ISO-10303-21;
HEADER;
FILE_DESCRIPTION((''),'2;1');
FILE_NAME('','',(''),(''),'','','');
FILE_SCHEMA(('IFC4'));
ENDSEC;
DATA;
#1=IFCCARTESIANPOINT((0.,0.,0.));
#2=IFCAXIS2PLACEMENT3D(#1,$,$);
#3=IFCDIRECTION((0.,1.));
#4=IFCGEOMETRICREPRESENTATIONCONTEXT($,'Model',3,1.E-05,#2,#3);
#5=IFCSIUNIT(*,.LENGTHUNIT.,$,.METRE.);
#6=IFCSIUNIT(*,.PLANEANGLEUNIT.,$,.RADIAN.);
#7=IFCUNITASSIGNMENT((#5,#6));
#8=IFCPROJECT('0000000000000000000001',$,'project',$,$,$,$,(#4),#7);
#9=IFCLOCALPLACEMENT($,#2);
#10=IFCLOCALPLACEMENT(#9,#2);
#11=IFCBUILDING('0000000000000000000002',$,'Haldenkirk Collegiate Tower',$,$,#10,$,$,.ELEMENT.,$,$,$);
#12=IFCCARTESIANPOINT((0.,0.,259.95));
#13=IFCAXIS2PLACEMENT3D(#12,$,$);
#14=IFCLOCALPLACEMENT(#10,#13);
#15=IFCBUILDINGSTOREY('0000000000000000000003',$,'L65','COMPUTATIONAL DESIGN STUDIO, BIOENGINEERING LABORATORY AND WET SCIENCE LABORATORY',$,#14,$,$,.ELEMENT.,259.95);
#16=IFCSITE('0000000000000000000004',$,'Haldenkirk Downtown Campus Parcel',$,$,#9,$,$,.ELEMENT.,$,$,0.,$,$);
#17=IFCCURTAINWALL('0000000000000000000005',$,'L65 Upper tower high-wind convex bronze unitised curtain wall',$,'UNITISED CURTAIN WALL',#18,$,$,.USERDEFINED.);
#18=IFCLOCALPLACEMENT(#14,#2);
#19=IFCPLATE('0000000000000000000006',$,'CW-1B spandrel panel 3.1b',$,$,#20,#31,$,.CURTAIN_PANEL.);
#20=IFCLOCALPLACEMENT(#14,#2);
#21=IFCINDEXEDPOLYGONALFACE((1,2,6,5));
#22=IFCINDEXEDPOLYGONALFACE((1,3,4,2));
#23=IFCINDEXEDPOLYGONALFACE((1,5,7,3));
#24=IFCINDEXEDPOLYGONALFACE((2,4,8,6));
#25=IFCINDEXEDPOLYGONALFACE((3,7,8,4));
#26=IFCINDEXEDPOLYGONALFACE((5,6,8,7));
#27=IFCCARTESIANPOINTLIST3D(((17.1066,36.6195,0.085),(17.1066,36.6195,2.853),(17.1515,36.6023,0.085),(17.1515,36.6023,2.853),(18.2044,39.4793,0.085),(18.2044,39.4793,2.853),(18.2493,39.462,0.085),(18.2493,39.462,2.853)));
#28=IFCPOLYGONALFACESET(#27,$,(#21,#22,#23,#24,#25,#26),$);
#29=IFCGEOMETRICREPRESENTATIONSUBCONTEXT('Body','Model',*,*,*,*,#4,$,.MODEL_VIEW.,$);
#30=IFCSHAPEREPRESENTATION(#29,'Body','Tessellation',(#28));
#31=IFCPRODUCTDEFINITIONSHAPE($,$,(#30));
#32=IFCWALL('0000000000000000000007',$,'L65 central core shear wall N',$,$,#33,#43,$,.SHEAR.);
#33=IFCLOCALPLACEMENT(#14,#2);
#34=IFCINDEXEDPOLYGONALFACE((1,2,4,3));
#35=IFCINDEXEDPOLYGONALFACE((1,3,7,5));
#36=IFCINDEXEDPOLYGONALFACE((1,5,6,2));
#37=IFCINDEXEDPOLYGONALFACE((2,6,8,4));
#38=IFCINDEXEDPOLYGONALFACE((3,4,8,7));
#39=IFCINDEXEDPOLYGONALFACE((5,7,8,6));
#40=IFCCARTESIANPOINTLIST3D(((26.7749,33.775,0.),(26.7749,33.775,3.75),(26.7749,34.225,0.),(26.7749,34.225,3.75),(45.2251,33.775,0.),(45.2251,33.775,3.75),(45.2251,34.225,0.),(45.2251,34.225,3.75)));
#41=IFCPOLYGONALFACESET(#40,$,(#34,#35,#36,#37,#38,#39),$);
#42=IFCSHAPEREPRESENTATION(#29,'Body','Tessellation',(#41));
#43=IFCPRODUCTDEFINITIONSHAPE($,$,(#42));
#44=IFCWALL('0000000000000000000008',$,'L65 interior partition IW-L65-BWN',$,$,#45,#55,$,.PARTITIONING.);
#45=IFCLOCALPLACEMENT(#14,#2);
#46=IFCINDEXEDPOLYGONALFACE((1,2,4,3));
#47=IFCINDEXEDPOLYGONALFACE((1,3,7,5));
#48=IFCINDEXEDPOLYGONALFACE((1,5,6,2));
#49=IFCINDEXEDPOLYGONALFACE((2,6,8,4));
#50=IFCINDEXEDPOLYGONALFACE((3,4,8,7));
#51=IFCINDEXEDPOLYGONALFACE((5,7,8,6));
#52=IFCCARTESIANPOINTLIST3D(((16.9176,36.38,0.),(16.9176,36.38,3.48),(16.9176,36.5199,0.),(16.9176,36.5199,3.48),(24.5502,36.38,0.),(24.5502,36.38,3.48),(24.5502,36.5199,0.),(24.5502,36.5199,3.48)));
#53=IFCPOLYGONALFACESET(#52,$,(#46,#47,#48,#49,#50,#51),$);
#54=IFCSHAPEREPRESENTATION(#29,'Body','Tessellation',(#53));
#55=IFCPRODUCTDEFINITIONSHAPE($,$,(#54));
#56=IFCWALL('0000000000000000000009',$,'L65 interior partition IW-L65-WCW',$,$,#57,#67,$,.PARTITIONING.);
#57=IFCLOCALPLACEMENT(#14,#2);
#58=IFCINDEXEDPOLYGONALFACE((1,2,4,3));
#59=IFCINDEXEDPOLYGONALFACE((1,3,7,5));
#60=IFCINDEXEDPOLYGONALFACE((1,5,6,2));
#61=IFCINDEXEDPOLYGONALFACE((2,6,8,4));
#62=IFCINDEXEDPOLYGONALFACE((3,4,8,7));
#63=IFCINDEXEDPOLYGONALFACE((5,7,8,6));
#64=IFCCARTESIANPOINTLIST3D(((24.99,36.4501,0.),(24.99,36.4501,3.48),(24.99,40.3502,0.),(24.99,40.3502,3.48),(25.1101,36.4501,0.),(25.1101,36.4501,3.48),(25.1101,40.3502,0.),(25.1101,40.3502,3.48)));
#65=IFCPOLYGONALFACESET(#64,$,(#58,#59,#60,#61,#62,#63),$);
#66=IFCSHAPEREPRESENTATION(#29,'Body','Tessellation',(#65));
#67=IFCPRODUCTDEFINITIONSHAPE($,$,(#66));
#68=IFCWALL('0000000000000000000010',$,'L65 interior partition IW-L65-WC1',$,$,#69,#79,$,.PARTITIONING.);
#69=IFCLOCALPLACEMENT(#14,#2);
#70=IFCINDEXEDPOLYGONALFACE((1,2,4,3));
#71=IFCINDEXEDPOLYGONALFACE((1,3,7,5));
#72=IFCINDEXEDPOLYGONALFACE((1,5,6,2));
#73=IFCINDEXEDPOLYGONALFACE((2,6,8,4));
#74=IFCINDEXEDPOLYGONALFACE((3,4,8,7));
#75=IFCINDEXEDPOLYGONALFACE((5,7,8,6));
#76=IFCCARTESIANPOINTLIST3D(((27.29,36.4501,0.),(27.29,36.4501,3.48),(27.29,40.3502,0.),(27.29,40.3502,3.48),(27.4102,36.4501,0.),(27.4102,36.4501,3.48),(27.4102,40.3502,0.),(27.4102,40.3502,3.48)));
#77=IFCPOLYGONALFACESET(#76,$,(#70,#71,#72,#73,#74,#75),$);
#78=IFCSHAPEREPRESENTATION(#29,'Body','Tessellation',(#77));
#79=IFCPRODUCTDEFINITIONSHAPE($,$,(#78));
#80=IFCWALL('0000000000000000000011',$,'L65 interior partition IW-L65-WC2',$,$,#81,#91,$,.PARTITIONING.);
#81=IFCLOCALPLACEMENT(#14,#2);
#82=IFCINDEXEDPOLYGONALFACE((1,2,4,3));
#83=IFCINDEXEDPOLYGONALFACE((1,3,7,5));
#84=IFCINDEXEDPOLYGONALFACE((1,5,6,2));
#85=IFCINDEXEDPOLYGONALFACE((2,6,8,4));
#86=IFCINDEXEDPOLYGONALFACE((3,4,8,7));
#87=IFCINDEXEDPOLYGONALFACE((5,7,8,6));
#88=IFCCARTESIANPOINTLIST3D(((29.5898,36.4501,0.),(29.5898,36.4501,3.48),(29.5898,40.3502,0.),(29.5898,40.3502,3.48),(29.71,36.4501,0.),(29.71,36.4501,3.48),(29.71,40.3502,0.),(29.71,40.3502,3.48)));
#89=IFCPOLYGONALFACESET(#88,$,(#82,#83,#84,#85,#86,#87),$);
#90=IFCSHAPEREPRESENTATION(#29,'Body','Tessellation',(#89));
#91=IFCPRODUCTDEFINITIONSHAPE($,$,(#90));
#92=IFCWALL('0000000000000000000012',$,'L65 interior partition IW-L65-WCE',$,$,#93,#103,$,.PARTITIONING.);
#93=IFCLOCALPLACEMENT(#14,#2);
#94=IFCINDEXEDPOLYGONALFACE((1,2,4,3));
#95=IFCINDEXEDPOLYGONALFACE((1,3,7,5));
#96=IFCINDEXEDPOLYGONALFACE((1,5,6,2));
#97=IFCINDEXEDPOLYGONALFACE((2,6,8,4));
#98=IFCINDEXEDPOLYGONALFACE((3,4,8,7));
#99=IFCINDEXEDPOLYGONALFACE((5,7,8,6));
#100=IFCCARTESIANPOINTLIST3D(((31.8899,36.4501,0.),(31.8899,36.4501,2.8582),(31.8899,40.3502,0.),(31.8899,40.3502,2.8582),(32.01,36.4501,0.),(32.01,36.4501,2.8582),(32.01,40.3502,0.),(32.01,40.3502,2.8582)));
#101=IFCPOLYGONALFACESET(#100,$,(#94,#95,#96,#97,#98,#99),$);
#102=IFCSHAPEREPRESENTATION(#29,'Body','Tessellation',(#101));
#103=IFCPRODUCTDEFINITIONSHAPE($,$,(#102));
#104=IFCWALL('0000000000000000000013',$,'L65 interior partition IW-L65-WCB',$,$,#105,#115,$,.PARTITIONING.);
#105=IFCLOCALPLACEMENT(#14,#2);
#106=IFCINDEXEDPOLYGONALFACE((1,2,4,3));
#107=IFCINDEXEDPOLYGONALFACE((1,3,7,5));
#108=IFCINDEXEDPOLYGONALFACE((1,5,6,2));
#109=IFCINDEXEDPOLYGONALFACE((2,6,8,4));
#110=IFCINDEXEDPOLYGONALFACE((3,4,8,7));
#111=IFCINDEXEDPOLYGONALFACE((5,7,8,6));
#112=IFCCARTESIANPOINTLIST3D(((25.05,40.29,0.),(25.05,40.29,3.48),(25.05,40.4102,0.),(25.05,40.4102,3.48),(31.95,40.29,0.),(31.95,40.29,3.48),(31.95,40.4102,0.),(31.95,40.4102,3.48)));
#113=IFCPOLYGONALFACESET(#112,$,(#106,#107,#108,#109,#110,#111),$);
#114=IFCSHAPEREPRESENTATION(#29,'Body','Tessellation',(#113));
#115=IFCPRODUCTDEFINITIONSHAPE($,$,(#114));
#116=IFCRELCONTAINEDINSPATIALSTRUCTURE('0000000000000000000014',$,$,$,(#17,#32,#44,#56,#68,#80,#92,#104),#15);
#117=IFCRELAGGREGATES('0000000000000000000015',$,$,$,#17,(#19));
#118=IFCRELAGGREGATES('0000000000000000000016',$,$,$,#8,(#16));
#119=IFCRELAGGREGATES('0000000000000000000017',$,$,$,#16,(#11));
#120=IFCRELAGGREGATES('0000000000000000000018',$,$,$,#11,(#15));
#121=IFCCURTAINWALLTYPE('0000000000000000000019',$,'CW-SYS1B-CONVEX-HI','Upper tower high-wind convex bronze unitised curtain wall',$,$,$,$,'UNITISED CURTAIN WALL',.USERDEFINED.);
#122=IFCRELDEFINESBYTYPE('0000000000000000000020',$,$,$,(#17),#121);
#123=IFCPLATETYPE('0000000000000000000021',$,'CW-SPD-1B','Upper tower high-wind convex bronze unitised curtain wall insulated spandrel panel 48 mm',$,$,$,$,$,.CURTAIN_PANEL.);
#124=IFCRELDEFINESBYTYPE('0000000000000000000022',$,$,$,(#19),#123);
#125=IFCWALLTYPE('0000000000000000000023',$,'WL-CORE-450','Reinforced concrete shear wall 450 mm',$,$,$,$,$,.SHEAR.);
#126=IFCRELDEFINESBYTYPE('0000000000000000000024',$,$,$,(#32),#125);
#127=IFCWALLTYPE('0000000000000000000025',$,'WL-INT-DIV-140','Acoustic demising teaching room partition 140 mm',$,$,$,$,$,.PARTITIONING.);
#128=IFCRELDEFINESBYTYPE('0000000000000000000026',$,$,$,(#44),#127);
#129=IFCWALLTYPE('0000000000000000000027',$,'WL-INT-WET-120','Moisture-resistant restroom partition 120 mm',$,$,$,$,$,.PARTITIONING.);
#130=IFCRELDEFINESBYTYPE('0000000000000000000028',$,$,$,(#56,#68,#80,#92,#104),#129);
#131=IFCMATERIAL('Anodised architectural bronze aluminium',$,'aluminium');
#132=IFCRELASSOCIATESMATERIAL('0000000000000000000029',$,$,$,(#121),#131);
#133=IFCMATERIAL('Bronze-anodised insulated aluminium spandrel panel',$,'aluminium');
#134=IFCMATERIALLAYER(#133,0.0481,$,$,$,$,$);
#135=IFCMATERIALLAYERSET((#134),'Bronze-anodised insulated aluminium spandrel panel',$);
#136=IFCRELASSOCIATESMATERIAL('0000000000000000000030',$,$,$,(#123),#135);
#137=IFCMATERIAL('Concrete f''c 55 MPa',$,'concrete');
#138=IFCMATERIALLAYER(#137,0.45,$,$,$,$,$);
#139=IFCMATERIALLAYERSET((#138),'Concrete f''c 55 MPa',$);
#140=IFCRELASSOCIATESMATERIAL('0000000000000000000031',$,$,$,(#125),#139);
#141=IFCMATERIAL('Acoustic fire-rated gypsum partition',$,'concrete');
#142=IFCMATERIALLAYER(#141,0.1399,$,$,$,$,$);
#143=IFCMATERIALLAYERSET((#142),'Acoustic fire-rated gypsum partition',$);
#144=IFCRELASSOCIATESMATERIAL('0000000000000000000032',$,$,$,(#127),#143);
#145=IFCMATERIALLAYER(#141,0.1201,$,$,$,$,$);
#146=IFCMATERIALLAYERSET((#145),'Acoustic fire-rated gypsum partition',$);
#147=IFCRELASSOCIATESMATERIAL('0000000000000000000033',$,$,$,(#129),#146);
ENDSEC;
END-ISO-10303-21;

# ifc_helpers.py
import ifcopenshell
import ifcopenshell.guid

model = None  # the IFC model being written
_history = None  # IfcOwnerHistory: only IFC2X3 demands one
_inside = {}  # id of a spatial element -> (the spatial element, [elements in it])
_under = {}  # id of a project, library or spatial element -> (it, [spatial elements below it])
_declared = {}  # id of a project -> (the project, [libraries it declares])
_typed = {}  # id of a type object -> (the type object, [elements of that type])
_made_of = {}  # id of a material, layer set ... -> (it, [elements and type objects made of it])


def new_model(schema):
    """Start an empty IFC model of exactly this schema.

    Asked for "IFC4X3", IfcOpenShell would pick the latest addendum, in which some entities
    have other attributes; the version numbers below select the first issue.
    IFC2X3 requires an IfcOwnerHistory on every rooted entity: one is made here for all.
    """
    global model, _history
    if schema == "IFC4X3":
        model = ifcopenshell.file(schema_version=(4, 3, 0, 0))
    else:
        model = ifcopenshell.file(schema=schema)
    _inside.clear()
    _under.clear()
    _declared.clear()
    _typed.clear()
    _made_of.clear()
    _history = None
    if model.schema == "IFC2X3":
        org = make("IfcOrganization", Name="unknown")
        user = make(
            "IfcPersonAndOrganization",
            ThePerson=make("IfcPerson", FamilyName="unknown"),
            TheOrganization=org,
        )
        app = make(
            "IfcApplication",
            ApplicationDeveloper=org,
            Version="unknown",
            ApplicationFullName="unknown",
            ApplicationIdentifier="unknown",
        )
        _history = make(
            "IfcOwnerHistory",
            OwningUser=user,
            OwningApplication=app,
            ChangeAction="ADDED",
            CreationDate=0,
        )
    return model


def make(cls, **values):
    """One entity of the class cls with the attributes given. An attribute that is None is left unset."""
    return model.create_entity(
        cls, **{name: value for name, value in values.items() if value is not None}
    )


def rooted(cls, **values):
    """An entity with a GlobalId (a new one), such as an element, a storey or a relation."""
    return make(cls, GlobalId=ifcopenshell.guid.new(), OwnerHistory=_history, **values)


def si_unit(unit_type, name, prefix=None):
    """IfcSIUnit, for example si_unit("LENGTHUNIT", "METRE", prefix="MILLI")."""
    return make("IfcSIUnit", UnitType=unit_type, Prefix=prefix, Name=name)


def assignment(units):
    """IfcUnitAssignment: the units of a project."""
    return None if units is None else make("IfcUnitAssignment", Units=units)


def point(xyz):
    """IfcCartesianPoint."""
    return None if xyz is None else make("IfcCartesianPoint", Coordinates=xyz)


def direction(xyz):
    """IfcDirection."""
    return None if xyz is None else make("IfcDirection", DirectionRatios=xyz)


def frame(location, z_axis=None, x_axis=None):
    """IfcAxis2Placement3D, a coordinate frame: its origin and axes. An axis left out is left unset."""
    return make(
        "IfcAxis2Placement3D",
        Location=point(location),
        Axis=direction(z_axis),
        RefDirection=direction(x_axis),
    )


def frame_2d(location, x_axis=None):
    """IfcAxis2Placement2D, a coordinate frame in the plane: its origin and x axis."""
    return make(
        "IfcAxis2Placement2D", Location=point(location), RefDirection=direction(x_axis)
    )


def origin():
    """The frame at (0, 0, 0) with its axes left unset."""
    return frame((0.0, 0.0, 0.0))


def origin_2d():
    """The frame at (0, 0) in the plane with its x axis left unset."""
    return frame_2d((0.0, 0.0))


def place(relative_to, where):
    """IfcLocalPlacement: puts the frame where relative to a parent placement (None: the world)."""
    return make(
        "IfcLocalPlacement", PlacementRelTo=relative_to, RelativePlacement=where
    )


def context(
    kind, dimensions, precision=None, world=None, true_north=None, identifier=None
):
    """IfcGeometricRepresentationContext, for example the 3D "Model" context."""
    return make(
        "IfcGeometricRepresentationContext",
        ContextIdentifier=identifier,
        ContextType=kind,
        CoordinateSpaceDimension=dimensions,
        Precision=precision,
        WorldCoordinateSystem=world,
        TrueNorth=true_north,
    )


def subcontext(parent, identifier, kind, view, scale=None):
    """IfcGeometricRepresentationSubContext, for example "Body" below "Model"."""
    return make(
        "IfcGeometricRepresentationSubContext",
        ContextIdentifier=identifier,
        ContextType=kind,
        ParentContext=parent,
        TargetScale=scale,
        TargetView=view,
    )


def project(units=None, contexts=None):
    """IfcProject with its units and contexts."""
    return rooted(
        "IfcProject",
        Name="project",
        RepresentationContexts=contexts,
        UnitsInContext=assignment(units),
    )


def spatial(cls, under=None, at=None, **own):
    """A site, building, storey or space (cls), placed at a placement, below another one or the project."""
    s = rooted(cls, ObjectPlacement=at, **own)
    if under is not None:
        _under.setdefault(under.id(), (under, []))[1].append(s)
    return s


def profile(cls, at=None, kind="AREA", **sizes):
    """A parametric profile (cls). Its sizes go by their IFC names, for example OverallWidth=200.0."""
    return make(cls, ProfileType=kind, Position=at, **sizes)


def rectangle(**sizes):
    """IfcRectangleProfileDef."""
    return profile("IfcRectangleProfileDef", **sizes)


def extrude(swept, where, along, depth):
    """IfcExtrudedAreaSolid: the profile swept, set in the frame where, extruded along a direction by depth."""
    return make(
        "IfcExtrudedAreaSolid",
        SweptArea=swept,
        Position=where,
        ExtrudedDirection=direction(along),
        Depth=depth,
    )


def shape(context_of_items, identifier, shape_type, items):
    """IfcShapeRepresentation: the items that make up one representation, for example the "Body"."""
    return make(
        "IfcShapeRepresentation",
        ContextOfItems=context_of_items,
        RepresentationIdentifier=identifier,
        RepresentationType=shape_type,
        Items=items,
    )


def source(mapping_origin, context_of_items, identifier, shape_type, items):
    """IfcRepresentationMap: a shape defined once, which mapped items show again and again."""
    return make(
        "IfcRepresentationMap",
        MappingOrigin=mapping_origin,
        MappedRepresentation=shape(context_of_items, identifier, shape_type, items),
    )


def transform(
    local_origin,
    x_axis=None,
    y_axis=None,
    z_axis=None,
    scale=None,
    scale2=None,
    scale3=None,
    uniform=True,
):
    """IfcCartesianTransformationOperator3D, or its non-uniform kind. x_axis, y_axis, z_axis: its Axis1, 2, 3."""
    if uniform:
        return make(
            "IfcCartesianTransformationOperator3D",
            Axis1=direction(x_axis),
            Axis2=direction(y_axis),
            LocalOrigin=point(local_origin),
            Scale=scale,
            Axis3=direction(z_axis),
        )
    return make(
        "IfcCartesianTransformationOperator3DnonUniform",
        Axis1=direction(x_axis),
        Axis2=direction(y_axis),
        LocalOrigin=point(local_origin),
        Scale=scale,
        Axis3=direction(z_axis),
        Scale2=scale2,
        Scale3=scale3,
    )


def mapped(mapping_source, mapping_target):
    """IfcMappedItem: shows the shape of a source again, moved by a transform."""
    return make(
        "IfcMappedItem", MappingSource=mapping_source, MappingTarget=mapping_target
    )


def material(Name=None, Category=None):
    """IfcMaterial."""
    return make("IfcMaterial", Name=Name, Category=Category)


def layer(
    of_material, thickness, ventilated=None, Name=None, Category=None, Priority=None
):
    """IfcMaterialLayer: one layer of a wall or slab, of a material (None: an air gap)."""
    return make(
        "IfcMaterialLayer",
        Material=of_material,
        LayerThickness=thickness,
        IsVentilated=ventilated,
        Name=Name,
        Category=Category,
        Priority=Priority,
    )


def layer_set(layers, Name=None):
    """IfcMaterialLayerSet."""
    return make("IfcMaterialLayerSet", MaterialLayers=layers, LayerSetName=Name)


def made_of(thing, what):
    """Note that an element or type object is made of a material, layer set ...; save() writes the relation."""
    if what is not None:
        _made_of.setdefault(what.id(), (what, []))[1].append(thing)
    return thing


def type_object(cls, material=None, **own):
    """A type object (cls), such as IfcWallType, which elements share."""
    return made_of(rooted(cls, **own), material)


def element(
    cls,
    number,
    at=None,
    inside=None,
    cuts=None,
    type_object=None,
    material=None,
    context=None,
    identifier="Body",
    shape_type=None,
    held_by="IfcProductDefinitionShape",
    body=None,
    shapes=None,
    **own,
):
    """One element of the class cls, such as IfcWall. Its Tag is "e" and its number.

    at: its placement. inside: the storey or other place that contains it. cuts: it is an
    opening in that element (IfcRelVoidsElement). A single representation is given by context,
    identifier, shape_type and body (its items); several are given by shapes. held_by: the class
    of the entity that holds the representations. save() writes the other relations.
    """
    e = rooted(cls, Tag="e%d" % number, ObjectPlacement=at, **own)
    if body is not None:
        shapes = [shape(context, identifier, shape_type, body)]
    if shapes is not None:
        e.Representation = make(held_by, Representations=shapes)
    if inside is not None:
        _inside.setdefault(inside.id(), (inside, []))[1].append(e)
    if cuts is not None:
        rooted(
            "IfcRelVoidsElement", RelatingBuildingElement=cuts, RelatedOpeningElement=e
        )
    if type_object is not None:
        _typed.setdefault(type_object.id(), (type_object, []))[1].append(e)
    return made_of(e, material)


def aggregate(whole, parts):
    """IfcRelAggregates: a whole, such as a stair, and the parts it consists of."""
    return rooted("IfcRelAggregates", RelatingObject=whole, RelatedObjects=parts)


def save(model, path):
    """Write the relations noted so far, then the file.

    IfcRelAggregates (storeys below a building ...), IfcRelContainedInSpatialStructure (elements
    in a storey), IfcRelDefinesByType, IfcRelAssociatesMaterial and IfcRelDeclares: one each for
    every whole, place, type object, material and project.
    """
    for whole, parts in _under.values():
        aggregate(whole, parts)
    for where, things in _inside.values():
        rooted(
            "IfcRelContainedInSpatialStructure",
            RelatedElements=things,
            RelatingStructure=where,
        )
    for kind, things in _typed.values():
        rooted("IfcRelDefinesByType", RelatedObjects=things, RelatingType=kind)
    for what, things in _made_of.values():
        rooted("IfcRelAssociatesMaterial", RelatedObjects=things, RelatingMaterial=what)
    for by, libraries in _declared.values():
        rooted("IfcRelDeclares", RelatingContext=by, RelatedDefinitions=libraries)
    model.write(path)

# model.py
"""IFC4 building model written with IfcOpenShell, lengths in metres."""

from ifc_helpers import new_model, si_unit, direction, frame, frame_2d, origin, origin_2d, place, context, subcontext, project, spatial, rectangle, extrude, source, transform, mapped, material, layer, layer_set, type_object, element, aggregate, save


model = new_model("IFC4")

# Units and contexts
model_context = context("Model", 3, precision=1e-05, world=origin(), true_north=direction((0.0, 1.0)))
body_context = subcontext(model_context, "Body", "Model", "MODEL_VIEW")
ifc_project = project(units=[si_unit("LENGTHUNIT", "METRE"), si_unit("PLANEANGLEUNIT", "RADIAN")], contexts=[model_context])

# Site, building, storey
site_placement = place(None, origin())
site = spatial("IfcSite", under=ifc_project, at=site_placement, Name="Haldenkirk Downtown Campus Parcel", CompositionType="ELEMENT", RefElevation=0.0)
building_placement = place(site_placement, origin())
building = spatial("IfcBuilding", under=site, at=building_placement, Name="Haldenkirk Collegiate Tower", CompositionType="ELEMENT")
storey_placement = place(building_placement, frame((0.0, 0.0, 259.95)))
storey = spatial("IfcBuildingStorey", under=building, at=storey_placement, Name="L65", Description="COMPUTATIONAL DESIGN STUDIO, BIOENGINEERING LABORATORY AND WET SCIENCE LABORATORY", CompositionType="ELEMENT", Elevation=259.95)

# Curtain wall, plate
ifc_material_1 = material(Name="Anodised architectural bronze aluminium", Category="aluminium")
curtain_wall_type = type_object("IfcCurtainWallType", Name="CW-SYS1B-CONVEX-HI", Description="Upper tower high-wind convex bronze unitised curtain wall", ElementType="UNITISED CURTAIN WALL", PredefinedType="USERDEFINED", material=ifc_material_1)
curtain_wall_placement = place(storey_placement, origin())
curtain_wall = element("IfcCurtainWall", 1, at=curtain_wall_placement, inside=storey, type_object=curtain_wall_type, Name="L65 Upper tower high-wind convex bronze unitised curtain wall", ObjectType="UNITISED CURTAIN WALL", PredefinedType="USERDEFINED")
ifc_material_2 = material(Name="Bronze-anodised insulated aluminium spandrel panel", Category="aluminium")
ifc_layer_1 = layer(ifc_material_2, 0.0481)
ifc_layer_set_1 = layer_set([ifc_layer_1], Name="Bronze-anodised insulated aluminium spandrel panel")
plate_type_1 = type_object("IfcPlateType", Name="CW-SPD-1B", Description="Upper tower high-wind convex bronze unitised curtain wall insulated spandrel panel 48 mm", PredefinedType="CURTAIN_PANEL", material=ifc_layer_set_1)
shared_shape_1 = source(origin(), body_context, "Body", "SweptSolid", [
    extrude(rectangle(XDim=3.0632, YDim=0.0481, at=origin_2d()), origin(), (0.0, 0.0, 1.0), 2.7681),
])
plate_1_placement = place(storey_placement, frame((17.678, 38.0408, 0.085), z_axis=(0.0, 0.0, 1.0), x_axis=(0.358369, 0.93358, 0.0)))
plate_1 = element("IfcPlate", 2, at=plate_1_placement, type_object=plate_type_1, Name="CW-1B spandrel panel 3.1b", PredefinedType="CURTAIN_PANEL", context=body_context, shape_type="MappedRepresentation", body=[
    mapped(shared_shape_1, transform((0.0, 0.0, 0.0), x_axis=(1.0, 0.0, 0.0), y_axis=(0.0, 1.0, 0.0), z_axis=(0.0, 0.0, 1.0), scale=1.0)),
])
aggregate(curtain_wall, [plate_1])

# Wall
ifc_material_3 = material(Name="Concrete f'c 55 MPa", Category="concrete")
ifc_layer_2 = layer(ifc_material_3, 0.45)
ifc_layer_set_2 = layer_set([ifc_layer_2], Name="Concrete f'c 55 MPa")
wall_type_1 = type_object("IfcWallType", Name="WL-CORE-450", Description="Reinforced concrete shear wall 450 mm", PredefinedType="SHEAR", material=ifc_layer_set_2)
wall_1_placement = place(storey_placement, frame((26.7749, 34.0, 0.0), z_axis=(0.0, 0.0, 1.0), x_axis=(1.0, 0.0, 0.0)))
element("IfcWall", 3, at=wall_1_placement, inside=storey, type_object=wall_type_1, Name="L65 central core shear wall N", PredefinedType="SHEAR", context=body_context, shape_type="SweptSolid", body=[
    extrude(rectangle(XDim=18.4502, YDim=0.45, at=frame_2d((9.2251, 0.0))), origin(), (0.0, 0.0, 1.0), 3.75),
])

# Shared definitions
ifc_material_4 = material(Name="Acoustic fire-rated gypsum partition", Category="concrete")

# Walls
ifc_layer_3 = layer(ifc_material_4, 0.1399)
ifc_layer_set_3 = layer_set([ifc_layer_3], Name="Acoustic fire-rated gypsum partition")
wall_type_2 = type_object("IfcWallType", Name="WL-INT-DIV-140", Description="Acoustic demising teaching room partition 140 mm", PredefinedType="PARTITIONING", material=ifc_layer_set_3)
wall_2_placement = place(storey_placement, frame((16.9175, 36.45, 0.0), z_axis=(0.0, 0.0, 1.0), x_axis=(1.0, 0.0, 0.0)))
element("IfcWall", 4, at=wall_2_placement, inside=storey, type_object=wall_type_2, Name="L65 interior partition IW-L65-BWN", PredefinedType="PARTITIONING", context=body_context, shape_type="SweptSolid", body=[
    extrude(rectangle(XDim=7.6326, YDim=0.1399, at=frame_2d((3.8164, 0.0))), origin(), (0.0, 0.0, 1.0), 3.48),
])
ifc_layer_4 = layer(ifc_material_4, 0.1201)
ifc_layer_set_4 = layer_set([ifc_layer_4], Name="Acoustic fire-rated gypsum partition")
wall_type_3 = type_object("IfcWallType", Name="WL-INT-WET-120", Description="Moisture-resistant restroom partition 120 mm", PredefinedType="PARTITIONING", material=ifc_layer_set_4)
for number, where, z_axis, x_axis, name in (
    (5, (25.05, 36.45, 0.0), (0.0, 0.0, 1.0), (0.0, 1.0, 0.0), "L65 interior partition IW-L65-WCW"),
    (6, (27.3501, 36.45, 0.0), (0.0, 0.0, 1.0), (0.0, 1.0, 0.0), "L65 interior partition IW-L65-WC1"),
    (7, (29.6499, 36.45, 0.0), (0.0, 0.0, 1.0), (0.0, 1.0, 0.0), "L65 interior partition IW-L65-WC2"),
):
    element("IfcWall", number, at=place(storey_placement, frame(where, z_axis=z_axis, x_axis=x_axis)), inside=storey, type_object=wall_type_3, Name=name, PredefinedType="PARTITIONING", context=body_context, shape_type="SweptSolid", body=[
        extrude(rectangle(XDim=3.9001, YDim=0.1201, at=frame_2d((1.9502, 0.0))), origin(), (0.0, 0.0, 1.0), 3.48),
    ])
wall_3_placement = place(storey_placement, frame((31.95, 36.45, 0.0), z_axis=(0.0, 0.0, 1.0), x_axis=(0.0, 1.0, 0.0)))
element("IfcWall", 8, at=wall_3_placement, inside=storey, type_object=wall_type_3, Name="L65 interior partition IW-L65-WCE", PredefinedType="PARTITIONING", context=body_context, shape_type="SweptSolid", body=[
    extrude(rectangle(XDim=3.9001, YDim=0.1201, at=frame_2d((1.9502, 0.0))), origin(), (0.0, 0.0, 1.0), 2.8582),
])
wall_4_placement = place(storey_placement, frame((25.05, 40.3501, 0.0), z_axis=(0.0, 0.0, 1.0), x_axis=(1.0, 0.0, 0.0)))
element("IfcWall", 9, at=wall_4_placement, inside=storey, type_object=wall_type_3, Name="L65 interior partition IW-L65-WCB", PredefinedType="PARTITIONING", context=body_context, shape_type="SweptSolid", body=[
    extrude(rectangle(XDim=6.8999, YDim=0.1201, at=frame_2d((3.45, 0.0))), origin(), (0.0, 0.0, 1.0), 3.48),
])

save(model, "model.ifc")
